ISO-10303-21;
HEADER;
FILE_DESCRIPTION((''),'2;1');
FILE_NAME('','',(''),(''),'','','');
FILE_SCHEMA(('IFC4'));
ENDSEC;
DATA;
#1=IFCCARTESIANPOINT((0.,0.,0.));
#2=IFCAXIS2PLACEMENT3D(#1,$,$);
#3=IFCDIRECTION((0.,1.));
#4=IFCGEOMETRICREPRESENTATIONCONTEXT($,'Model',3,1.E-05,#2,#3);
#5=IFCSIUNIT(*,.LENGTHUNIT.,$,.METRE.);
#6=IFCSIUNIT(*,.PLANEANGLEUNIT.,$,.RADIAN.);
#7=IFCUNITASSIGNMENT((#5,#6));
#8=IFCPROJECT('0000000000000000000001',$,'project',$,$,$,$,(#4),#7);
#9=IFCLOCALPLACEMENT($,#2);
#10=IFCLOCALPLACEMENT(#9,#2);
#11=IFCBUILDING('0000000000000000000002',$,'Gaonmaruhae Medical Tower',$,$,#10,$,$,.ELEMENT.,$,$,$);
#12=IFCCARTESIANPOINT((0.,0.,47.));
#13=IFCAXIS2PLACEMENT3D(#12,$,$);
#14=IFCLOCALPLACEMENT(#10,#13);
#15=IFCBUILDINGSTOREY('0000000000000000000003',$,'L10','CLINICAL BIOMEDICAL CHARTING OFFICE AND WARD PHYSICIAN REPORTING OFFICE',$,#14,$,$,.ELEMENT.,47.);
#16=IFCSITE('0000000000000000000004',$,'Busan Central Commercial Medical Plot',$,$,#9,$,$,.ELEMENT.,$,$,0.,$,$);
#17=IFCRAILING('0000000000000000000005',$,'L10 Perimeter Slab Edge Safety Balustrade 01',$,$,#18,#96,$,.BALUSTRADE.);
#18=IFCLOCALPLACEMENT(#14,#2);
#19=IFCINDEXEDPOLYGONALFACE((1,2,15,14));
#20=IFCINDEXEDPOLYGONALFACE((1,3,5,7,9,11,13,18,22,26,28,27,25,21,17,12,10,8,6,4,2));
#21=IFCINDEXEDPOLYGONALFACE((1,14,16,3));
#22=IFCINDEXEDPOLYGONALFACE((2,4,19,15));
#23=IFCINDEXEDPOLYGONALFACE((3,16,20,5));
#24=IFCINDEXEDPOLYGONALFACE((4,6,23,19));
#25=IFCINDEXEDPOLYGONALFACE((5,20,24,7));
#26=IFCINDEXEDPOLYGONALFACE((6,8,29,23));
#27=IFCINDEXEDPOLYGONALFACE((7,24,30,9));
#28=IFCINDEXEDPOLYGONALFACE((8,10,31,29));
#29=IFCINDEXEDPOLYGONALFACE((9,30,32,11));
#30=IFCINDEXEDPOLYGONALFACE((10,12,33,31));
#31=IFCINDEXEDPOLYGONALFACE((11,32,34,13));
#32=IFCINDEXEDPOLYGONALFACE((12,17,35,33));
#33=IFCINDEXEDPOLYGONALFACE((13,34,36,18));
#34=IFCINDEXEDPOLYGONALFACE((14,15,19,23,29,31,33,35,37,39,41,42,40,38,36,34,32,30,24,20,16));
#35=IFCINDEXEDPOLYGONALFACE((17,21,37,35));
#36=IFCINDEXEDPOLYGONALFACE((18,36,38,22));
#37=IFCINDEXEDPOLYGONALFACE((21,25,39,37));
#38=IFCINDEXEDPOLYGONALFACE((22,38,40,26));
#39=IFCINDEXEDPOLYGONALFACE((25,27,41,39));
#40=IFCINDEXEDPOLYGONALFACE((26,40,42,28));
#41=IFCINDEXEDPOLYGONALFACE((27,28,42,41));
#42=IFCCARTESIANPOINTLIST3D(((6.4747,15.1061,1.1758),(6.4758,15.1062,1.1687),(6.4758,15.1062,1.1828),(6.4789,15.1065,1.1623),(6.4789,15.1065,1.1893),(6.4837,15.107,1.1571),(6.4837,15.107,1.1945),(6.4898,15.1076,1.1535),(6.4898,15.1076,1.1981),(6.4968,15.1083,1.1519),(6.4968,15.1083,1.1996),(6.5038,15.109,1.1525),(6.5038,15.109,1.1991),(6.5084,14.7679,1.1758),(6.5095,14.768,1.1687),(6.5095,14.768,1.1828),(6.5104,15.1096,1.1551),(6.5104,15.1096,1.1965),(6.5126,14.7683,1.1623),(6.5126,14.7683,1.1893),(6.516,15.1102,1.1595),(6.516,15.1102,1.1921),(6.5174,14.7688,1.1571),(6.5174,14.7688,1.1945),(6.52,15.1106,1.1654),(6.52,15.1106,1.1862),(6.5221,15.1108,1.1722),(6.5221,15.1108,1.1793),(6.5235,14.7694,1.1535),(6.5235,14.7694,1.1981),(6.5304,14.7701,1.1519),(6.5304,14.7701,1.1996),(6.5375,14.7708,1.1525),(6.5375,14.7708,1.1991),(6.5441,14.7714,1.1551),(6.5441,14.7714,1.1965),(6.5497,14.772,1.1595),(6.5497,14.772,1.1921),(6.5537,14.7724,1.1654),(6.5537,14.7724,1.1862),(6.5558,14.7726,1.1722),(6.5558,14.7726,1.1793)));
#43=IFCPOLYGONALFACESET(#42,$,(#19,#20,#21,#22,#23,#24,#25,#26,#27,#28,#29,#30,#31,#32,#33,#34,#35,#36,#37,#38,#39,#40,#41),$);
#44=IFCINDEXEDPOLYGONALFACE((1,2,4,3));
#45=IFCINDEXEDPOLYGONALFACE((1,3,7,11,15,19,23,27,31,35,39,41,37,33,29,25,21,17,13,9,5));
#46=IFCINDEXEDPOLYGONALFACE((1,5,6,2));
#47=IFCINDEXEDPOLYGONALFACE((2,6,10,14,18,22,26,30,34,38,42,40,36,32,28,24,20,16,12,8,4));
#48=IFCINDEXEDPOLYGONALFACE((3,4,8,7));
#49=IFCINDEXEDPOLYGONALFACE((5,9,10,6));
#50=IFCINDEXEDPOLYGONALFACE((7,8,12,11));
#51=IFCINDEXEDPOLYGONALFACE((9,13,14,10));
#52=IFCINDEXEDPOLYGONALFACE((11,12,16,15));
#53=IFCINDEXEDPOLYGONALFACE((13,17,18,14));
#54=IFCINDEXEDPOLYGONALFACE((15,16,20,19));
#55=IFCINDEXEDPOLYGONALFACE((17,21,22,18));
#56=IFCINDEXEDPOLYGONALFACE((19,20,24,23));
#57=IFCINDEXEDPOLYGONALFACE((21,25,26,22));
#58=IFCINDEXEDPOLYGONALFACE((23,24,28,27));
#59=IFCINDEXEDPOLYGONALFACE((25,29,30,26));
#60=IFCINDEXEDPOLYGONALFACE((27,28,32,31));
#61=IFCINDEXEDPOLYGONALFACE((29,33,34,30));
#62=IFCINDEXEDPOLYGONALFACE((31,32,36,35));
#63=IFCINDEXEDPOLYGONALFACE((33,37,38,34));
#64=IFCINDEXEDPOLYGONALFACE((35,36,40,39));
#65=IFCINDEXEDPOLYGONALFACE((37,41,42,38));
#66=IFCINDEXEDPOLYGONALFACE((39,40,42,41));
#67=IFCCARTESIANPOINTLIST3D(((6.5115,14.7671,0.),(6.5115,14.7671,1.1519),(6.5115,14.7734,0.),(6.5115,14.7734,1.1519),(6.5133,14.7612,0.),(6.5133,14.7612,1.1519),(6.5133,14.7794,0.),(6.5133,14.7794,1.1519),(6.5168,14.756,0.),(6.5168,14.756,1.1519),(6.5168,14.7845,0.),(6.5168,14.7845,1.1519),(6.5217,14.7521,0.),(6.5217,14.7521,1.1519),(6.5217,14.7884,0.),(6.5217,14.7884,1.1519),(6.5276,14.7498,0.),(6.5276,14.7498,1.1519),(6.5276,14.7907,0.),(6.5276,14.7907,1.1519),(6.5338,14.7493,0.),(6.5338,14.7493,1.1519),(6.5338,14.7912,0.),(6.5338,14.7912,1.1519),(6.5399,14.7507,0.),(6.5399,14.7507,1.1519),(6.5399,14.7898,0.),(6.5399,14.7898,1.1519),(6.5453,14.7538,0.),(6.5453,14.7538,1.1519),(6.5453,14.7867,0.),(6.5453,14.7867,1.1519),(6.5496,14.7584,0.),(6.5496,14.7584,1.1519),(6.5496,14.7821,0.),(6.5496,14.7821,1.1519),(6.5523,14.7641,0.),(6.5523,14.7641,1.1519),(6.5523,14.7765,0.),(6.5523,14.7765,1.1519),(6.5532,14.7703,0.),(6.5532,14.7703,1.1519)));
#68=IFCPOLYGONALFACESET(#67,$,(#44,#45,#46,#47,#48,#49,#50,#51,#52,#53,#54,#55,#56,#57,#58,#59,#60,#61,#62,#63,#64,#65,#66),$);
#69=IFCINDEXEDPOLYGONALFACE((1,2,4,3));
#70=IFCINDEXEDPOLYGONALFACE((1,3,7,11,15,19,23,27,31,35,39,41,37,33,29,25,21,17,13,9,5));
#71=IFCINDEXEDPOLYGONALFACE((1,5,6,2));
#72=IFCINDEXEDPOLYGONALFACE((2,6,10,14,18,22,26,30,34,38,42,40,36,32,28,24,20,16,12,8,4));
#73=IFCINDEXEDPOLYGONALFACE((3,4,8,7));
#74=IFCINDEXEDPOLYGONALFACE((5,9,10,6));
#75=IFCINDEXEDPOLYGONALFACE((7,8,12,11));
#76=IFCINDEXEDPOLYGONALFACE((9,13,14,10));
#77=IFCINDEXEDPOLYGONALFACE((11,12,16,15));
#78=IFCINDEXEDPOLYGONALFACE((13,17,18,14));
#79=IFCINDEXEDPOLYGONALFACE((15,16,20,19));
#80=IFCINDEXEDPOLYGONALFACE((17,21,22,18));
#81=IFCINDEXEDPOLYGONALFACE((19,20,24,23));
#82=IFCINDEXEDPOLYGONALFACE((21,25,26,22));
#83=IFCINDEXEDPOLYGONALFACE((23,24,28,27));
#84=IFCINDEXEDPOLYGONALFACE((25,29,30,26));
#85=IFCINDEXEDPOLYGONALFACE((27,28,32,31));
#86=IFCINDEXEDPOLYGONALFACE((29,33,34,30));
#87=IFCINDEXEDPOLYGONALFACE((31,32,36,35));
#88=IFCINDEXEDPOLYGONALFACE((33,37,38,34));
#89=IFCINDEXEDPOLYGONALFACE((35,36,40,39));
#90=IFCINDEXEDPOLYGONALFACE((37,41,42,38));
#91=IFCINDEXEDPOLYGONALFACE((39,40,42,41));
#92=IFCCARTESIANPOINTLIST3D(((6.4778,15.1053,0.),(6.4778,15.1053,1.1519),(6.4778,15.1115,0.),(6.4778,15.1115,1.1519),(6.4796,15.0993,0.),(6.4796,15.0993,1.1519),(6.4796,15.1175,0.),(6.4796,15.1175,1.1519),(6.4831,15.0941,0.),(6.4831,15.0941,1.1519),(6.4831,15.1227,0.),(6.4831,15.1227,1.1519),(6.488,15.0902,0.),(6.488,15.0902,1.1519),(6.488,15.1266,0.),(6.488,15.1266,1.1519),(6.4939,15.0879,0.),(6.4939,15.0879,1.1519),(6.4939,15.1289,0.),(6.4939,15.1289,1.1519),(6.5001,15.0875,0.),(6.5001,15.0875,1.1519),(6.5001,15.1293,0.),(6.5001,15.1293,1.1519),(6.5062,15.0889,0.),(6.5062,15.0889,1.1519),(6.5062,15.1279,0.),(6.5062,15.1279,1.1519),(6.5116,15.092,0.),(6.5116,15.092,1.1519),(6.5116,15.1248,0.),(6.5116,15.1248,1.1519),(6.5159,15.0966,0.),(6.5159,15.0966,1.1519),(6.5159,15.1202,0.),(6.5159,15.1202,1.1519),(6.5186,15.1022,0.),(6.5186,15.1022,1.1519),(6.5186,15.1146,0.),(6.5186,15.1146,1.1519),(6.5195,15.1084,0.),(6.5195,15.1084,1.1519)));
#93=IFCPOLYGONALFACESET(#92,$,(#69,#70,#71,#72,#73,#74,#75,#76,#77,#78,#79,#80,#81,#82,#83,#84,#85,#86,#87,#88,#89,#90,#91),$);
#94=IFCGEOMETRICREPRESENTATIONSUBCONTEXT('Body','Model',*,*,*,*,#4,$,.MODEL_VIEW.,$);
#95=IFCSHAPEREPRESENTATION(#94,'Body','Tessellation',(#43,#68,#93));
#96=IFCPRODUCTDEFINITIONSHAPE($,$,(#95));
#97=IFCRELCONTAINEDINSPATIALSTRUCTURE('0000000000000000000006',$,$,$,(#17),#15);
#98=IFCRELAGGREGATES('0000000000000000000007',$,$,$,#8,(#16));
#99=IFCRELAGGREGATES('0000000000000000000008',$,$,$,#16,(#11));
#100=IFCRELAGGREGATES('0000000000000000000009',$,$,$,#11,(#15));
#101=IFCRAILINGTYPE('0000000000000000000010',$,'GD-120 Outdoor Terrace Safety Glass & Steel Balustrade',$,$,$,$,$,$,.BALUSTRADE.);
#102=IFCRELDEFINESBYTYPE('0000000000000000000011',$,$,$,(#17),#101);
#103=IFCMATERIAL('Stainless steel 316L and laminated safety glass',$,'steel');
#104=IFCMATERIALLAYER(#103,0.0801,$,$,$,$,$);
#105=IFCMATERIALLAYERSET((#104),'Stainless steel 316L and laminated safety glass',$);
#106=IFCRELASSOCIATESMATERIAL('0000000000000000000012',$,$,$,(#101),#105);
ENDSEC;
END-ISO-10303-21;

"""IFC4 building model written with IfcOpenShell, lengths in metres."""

from ifc_helpers import new_model, si_unit, direction, frame, origin, origin_2d, place, context, subcontext, project, spatial, circle, extrude, material, layer, layer_set, type_object, element, save


model = new_model("IFC4")

# Units and contexts
model_context = context("Model", 3, precision=1e-05, world=origin(), true_north=direction((0.0, 1.0)))
body_context = subcontext(model_context, "Body", "Model", "MODEL_VIEW")
ifc_project = project(units=[si_unit("LENGTHUNIT", "METRE"), si_unit("PLANEANGLEUNIT", "RADIAN")], contexts=[model_context])

# Site, building, storey
site_placement = place(None, origin())
site = spatial("IfcSite", under=ifc_project, at=site_placement, Name="Busan Central Commercial Medical Plot", CompositionType="ELEMENT", RefElevation=0.0)
building_placement = place(site_placement, origin())
building = spatial("IfcBuilding", under=site, at=building_placement, Name="Gaonmaruhae Medical Tower", CompositionType="ELEMENT")
storey_placement = place(building_placement, frame((0.0, 0.0, 47.0)))
storey = spatial("IfcBuildingStorey", under=building, at=storey_placement, Name="L10", Description="CLINICAL BIOMEDICAL CHARTING OFFICE AND WARD PHYSICIAN REPORTING OFFICE", CompositionType="ELEMENT", Elevation=47.0)

# Railing
ifc_material_1 = material(Name="Stainless steel 316L and laminated safety glass", Category="steel")
ifc_layer_1 = layer(ifc_material_1, 0.0801)
ifc_layer_set_1 = layer_set([ifc_layer_1], Name="Stainless steel 316L and laminated safety glass")
railing_type_1 = type_object("IfcRailingType", Name="GD-120 Outdoor Terrace Safety Glass & Steel Balustrade", PredefinedType="BALUSTRADE", material=ifc_layer_set_1)
railing_1_placement = place(storey_placement, frame((6.5322, 14.7703, 0.0)))
element("IfcRailing", 1, at=railing_1_placement, inside=storey, type_object=railing_type_1, Name="L10 Perimeter Slab Edge Safety Balustrade 01", PredefinedType="BALUSTRADE", context=body_context, shape_type="SweptSolid", body=[
    extrude(circle(Radius=0.0239, at=origin_2d()), frame((0.0, 0.0, 1.1758), z_axis=(-0.099148, 0.995073, 0.0), x_axis=(-0.995073, -0.099148, 0.0)), (0.0, 0.0, 1.0), 0.3398),
    extrude(circle(Radius=0.021, at=origin_2d()), origin(), (0.0, 0.0, 1.0), 1.1519),
    extrude(circle(Radius=0.021, at=origin_2d()), frame((-0.0337, 0.3381, 0.0)), (0.0, 0.0, 1.0), 1.1519),
])

save(model, "model.ifc")
